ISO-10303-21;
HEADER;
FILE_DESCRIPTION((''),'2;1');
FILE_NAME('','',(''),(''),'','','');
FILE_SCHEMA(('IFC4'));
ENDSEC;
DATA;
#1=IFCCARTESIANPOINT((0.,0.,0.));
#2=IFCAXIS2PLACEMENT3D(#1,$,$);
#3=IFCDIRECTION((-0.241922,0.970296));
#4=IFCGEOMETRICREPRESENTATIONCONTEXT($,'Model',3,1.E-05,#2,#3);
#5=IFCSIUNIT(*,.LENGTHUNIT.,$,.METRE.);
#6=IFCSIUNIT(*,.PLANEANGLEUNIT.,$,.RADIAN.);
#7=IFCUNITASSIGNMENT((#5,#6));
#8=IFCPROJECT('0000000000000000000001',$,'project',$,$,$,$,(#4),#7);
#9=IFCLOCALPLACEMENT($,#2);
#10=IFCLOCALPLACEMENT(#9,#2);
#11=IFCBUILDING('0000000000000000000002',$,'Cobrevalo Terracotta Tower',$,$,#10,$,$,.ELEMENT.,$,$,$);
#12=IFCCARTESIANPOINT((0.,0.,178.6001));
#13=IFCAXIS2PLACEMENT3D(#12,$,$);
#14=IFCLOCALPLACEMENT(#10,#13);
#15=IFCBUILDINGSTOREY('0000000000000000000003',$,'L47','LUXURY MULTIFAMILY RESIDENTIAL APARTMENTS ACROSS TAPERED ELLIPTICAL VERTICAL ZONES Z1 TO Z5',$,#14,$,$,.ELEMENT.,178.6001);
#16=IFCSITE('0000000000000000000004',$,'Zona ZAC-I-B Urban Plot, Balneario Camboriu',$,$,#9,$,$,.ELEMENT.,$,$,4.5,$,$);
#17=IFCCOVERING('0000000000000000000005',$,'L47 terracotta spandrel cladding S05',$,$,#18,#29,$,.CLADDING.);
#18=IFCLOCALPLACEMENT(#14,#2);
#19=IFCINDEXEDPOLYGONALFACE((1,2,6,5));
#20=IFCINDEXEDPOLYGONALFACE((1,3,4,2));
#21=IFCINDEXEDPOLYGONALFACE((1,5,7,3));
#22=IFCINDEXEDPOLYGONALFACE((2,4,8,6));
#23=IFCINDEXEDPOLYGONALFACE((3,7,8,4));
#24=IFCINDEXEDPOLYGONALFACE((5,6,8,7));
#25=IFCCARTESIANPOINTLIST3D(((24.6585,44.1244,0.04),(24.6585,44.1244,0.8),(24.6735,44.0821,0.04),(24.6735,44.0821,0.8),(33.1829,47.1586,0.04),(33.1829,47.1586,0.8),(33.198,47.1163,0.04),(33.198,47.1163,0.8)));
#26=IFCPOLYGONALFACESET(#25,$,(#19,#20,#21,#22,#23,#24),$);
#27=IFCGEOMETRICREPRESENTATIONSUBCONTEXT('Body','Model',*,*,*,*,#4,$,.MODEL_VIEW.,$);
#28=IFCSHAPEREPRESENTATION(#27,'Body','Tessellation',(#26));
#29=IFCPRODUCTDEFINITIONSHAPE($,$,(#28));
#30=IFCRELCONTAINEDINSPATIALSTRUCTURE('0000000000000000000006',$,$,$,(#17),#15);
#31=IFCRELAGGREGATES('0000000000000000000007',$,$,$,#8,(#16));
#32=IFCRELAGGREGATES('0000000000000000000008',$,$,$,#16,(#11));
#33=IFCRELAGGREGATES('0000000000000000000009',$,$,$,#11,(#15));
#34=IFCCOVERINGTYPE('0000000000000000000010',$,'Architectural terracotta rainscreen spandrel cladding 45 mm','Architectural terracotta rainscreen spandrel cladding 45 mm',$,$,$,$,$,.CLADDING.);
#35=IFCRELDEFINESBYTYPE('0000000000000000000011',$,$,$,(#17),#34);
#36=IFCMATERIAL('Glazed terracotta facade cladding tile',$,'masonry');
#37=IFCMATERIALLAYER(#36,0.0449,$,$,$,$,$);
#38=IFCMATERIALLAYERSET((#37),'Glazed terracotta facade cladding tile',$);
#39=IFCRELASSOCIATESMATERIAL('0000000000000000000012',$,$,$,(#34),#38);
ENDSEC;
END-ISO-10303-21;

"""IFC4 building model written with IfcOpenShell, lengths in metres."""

from ifc_helpers import new_model, si_unit, direction, frame, origin, origin_2d, place, context, subcontext, project, spatial, rectangle, extrude, source, transform, mapped, material, layer, layer_set, type_object, element, save


model = new_model("IFC4")

# Units and contexts
model_context = context("Model", 3, precision=1e-05, world=origin(), true_north=direction((-0.241922, 0.970296)))
body_context = subcontext(model_context, "Body", "Model", "MODEL_VIEW")
ifc_project = project(units=[si_unit("LENGTHUNIT", "METRE"), si_unit("PLANEANGLEUNIT", "RADIAN")], contexts=[model_context])

# Site, building, storey
site_placement = place(None, origin())
site = spatial("IfcSite", under=ifc_project, at=site_placement, Name="Zona ZAC-I-B Urban Plot, Balneario Camboriu", CompositionType="ELEMENT", RefElevation=4.5)
building_placement = place(site_placement, origin())
building = spatial("IfcBuilding", under=site, at=building_placement, Name="Cobrevalo Terracotta Tower", CompositionType="ELEMENT")
storey_placement = place(building_placement, frame((0.0, 0.0, 178.6001)))
storey = spatial("IfcBuildingStorey", under=building, at=storey_placement, Name="L47", Description="LUXURY MULTIFAMILY RESIDENTIAL APARTMENTS ACROSS TAPERED ELLIPTICAL VERTICAL ZONES Z1 TO Z5", CompositionType="ELEMENT", Elevation=178.6001)

# Covering
ifc_material_1 = material(Name="Glazed terracotta facade cladding tile", Category="masonry")
ifc_layer_1 = layer(ifc_material_1, 0.0449)
ifc_layer_set_1 = layer_set([ifc_layer_1], Name="Glazed terracotta facade cladding tile")
covering_type = type_object("IfcCoveringType", Name="Architectural terracotta rainscreen spandrel cladding 45 mm", Description="Architectural terracotta rainscreen spandrel cladding 45 mm", PredefinedType="CLADDING", material=ifc_layer_set_1)
shared_shape_1 = source(origin(), body_context, "Body", "SweptSolid", [
    extrude(rectangle(XDim=9.0483, YDim=0.0449, at=origin_2d()), origin(), (0.0, 0.0, 1.0), 0.76),
])
covering_placement = place(storey_placement, frame((28.9282, 45.6204, 0.04), z_axis=(0.0, 0.0, 1.0), x_axis=(-0.942098, -0.335336, 0.0)))
element("IfcCovering", 1, at=covering_placement, inside=storey, type_object=covering_type, Name="L47 terracotta spandrel cladding S05", PredefinedType="CLADDING", context=body_context, shape_type="MappedRepresentation", body=[
    mapped(shared_shape_1, transform((0.0, 0.0, 0.0), scale=1.0)),
])

save(model, "model.ifc")
